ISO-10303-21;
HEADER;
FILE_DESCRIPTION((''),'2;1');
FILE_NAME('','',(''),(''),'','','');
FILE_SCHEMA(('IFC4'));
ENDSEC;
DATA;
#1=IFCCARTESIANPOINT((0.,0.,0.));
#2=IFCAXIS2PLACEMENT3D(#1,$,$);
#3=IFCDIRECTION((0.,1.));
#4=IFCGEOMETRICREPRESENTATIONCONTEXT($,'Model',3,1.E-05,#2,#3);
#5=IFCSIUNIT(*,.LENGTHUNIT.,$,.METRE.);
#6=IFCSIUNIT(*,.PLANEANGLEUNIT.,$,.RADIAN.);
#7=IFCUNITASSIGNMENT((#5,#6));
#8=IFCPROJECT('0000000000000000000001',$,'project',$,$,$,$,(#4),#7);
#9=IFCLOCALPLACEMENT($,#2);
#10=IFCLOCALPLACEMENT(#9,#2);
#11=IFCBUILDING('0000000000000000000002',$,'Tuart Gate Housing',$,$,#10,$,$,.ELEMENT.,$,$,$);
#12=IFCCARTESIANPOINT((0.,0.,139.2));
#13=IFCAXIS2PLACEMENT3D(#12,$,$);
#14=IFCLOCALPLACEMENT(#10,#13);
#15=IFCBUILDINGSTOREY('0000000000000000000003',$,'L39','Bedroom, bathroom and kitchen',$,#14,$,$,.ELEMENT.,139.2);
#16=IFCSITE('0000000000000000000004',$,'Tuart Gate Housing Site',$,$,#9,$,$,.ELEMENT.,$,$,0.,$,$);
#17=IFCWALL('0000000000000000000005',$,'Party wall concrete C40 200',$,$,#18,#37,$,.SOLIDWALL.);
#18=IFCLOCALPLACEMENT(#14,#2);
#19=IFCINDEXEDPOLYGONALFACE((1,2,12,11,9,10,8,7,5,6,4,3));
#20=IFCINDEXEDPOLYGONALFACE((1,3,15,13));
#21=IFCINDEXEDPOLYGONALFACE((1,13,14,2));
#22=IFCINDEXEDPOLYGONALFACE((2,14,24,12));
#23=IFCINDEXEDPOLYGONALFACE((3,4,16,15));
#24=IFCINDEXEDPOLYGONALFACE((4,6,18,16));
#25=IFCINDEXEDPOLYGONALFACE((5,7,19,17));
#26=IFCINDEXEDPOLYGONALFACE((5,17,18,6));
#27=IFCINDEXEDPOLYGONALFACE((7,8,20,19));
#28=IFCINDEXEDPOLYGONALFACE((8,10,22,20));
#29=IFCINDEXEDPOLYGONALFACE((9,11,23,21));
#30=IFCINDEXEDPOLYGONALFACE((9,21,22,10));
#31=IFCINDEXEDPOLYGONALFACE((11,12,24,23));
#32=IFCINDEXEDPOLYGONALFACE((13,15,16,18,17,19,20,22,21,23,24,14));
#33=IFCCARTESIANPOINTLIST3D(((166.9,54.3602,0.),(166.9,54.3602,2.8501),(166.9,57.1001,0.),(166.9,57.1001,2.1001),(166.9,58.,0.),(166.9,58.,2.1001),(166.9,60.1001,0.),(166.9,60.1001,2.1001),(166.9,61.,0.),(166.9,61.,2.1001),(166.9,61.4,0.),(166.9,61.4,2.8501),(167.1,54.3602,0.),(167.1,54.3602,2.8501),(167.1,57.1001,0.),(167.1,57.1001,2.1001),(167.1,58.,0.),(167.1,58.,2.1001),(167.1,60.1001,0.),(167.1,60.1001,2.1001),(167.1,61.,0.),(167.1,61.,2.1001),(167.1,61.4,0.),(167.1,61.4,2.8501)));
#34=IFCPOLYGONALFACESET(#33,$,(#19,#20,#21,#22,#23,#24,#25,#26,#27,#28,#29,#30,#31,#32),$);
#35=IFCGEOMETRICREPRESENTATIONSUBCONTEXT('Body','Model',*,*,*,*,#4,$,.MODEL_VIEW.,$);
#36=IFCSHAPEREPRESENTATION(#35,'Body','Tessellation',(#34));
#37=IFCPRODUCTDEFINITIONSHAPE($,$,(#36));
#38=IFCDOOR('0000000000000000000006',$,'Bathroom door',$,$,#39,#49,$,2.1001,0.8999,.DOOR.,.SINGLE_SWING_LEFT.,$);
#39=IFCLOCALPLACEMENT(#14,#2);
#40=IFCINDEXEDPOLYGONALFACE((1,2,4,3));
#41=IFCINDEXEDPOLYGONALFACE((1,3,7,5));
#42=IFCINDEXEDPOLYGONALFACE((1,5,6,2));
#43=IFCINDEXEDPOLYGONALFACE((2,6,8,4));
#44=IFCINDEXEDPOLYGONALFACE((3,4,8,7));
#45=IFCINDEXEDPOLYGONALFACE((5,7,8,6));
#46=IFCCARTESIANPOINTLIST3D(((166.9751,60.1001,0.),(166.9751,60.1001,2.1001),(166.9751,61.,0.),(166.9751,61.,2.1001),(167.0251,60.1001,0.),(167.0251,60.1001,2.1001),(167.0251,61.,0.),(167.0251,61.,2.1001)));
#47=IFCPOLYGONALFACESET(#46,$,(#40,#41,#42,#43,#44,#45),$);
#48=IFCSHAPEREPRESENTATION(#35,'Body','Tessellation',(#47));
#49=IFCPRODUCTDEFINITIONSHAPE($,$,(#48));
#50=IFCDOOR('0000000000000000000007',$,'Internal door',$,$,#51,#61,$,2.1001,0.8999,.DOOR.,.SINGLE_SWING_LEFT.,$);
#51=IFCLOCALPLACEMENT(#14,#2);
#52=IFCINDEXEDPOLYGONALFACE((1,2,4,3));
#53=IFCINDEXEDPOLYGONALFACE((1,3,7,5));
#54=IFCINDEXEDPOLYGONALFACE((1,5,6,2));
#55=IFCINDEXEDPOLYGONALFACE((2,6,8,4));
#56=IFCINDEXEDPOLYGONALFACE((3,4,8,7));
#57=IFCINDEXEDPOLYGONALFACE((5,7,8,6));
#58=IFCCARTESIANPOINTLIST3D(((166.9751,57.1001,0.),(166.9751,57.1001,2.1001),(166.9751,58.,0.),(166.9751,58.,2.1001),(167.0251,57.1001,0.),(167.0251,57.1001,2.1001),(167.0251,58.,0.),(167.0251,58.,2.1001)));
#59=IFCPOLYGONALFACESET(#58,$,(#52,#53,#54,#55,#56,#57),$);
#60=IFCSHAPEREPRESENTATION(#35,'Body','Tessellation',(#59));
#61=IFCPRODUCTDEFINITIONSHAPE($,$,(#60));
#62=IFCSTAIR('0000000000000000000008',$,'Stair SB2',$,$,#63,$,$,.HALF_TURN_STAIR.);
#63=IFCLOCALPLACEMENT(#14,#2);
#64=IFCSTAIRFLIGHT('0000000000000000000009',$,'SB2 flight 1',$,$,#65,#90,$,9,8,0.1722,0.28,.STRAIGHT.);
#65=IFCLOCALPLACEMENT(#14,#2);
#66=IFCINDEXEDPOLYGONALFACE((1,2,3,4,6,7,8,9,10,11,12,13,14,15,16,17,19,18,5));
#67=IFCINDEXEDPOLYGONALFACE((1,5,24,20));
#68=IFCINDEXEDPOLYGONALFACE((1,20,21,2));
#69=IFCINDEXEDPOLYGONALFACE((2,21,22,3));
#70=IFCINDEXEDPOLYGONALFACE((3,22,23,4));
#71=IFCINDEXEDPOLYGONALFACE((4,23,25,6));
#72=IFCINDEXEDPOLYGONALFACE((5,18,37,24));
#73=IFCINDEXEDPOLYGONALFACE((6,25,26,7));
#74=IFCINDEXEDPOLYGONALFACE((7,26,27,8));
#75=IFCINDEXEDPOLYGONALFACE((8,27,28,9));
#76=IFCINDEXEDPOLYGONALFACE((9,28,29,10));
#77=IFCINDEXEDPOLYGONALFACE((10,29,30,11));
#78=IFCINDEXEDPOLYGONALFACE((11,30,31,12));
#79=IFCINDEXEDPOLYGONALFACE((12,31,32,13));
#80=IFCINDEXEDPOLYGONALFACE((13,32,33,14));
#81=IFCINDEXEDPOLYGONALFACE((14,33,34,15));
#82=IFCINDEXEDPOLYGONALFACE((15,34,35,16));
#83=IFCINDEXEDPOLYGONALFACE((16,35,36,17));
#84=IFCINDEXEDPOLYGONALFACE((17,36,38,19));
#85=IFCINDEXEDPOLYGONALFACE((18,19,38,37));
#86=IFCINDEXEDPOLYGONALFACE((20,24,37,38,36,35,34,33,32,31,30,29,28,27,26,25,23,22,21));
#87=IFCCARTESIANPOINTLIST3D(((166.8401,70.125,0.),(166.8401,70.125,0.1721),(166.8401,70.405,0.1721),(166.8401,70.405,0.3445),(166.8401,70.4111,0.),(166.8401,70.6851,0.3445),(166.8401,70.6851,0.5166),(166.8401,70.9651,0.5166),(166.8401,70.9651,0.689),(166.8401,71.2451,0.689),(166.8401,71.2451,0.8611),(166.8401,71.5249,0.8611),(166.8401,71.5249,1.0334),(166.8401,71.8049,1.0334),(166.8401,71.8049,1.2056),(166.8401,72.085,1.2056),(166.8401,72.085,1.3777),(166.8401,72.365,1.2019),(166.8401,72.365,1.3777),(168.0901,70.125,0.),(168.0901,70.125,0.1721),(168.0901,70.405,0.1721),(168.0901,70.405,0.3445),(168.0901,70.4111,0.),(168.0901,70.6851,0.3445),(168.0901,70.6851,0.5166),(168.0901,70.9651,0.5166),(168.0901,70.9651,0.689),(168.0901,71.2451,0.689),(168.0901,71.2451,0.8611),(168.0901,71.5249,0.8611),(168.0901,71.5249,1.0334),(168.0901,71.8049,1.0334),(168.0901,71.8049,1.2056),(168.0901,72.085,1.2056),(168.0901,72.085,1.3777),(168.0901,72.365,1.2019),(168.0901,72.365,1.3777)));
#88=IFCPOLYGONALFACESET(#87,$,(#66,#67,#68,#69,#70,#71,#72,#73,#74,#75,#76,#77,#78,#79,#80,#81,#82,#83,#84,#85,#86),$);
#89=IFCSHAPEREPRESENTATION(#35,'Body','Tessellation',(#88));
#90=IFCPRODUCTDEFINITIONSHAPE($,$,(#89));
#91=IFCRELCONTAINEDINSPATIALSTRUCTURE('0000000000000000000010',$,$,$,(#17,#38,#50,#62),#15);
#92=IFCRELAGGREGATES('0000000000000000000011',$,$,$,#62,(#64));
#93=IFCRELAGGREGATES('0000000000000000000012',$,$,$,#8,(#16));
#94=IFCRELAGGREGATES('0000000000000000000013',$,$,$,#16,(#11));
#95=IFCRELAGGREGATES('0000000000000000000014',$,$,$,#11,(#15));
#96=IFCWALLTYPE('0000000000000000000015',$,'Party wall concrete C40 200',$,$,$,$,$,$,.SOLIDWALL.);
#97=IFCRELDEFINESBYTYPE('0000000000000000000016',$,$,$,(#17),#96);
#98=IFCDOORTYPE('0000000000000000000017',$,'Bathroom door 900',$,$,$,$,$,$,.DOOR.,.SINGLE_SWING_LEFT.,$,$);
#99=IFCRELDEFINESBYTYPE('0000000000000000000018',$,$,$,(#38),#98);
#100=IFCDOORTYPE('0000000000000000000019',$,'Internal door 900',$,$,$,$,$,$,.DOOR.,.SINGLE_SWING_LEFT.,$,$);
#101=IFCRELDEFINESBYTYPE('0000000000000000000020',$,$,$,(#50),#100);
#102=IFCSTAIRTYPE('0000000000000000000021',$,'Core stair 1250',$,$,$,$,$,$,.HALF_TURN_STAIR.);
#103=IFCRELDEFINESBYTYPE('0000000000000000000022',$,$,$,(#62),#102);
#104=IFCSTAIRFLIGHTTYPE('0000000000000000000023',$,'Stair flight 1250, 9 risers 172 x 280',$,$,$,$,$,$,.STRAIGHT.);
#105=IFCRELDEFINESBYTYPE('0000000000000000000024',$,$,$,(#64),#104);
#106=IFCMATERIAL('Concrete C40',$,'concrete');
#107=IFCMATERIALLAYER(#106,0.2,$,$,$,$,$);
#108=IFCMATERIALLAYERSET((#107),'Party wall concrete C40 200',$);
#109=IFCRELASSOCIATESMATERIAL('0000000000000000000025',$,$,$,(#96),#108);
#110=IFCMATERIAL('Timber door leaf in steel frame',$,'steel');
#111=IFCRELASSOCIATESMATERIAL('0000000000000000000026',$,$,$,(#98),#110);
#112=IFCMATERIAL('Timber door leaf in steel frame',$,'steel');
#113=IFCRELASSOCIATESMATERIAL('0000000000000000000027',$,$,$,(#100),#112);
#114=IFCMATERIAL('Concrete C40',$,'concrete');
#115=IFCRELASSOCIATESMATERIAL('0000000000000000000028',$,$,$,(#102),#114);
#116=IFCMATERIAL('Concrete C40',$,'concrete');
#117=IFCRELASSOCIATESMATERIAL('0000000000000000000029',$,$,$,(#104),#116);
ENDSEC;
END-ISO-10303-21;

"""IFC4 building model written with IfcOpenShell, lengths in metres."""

from ifc_helpers import new_model, si_unit, direction, frame, frame_2d, origin, place, context, subcontext, project, spatial, polyline, rectangle, outline, extrude, material, layer, layer_set, type_object, element, fill, aggregate, save


model = new_model("IFC4")

# Units and contexts
model_context = context("Model", 3, precision=1e-05, world=origin(), true_north=direction((0.0, 1.0)))
body_context = subcontext(model_context, "Body", "Model", "MODEL_VIEW")
ifc_project = project(units=[si_unit("LENGTHUNIT", "METRE"), si_unit("PLANEANGLEUNIT", "RADIAN")], contexts=[model_context])

# Site, building, storey
site_placement = place(None, origin())
site = spatial("IfcSite", under=ifc_project, at=site_placement, Name="Tuart Gate Housing Site", CompositionType="ELEMENT", RefElevation=0.0)
building_placement = place(site_placement, origin())
building = spatial("IfcBuilding", under=site, at=building_placement, Name="Tuart Gate Housing", CompositionType="ELEMENT")
storey_placement = place(building_placement, frame((0.0, 0.0, 139.2)))
storey = spatial("IfcBuildingStorey", under=building, at=storey_placement, Name="L39", Description="Bedroom, bathroom and kitchen", CompositionType="ELEMENT", Elevation=139.2)

# Shared definitions
ifc_material_1 = material(Name="Concrete C40", Category="concrete")
ifc_layer_1 = layer(ifc_material_1, 0.2)
ifc_layer_set_1 = layer_set([ifc_layer_1], Name="Party wall concrete C40 200")
wall_type_1 = type_object("IfcWallType", Name="Party wall concrete C40 200", PredefinedType="SOLIDWALL", material=ifc_layer_set_1)

# Wall, openings, doors
wall_1_placement = place(storey_placement, frame((167.0, 54.3601, 0.0), z_axis=(0.0, 0.0, 1.0), x_axis=(0.0, 1.0, 0.0)))
wall_1 = element("IfcWall", 1, at=wall_1_placement, inside=storey, type_object=wall_type_1, Name="Party wall concrete C40 200", PredefinedType="SOLIDWALL", context=body_context, shape_type="SweptSolid", body=[
    extrude(rectangle(XDim=7.0398, YDim=0.2, at=frame_2d((3.52, 0.0))), origin(), (0.0, 0.0, 1.0), 2.8501),
])
opening_1_placement = place(wall_1_placement, frame((2.74, 0.0, 0.0)))
opening_1 = element("IfcOpeningElement", 2, at=opening_1_placement, cuts=wall_1, PredefinedType="OPENING", context=body_context, shape_type="SweptSolid", body=[
    extrude(rectangle(XDim=0.8999, YDim=2.1001, at=frame_2d((0.45, 1.05))), frame((0.0, 0.1099, 0.0), z_axis=(0.0, -1.0, 0.0), x_axis=(1.0, 0.0, 0.0)), (0.0, 0.0, 1.0), 0.22),
])
opening_2_placement = place(wall_1_placement, frame((5.74, 0.0, 0.0)))
opening_2 = element("IfcOpeningElement", 3, at=opening_2_placement, cuts=wall_1, PredefinedType="OPENING", context=body_context, shape_type="SweptSolid", body=[
    extrude(rectangle(XDim=0.8999, YDim=2.1001, at=frame_2d((0.45, 1.05))), frame((0.0, 0.1099, 0.0), z_axis=(0.0, -1.0, 0.0), x_axis=(1.0, 0.0, 0.0)), (0.0, 0.0, 1.0), 0.22),
])
ifc_material_2 = material(Name="Timber door leaf in steel frame", Category="steel")
door_type_1 = type_object("IfcDoorType", Name="Bathroom door 900", OperationType="SINGLE_SWING_LEFT", PredefinedType="DOOR", material=ifc_material_2)
door_1_placement = place(opening_2_placement, frame((0.8999, 0.0, 0.0), z_axis=(0.0, 0.0, 1.0), x_axis=(-1.0, 0.0, 0.0)))
door_1 = element("IfcDoor", 4, at=door_1_placement, inside=storey, type_object=door_type_1, Name="Bathroom door", OperationType="SINGLE_SWING_LEFT", OverallHeight=2.1001, OverallWidth=0.8999, PredefinedType="DOOR", context=body_context, shape_type="SweptSolid", body=[
    extrude(rectangle(XDim=0.8999, YDim=2.1001, at=frame_2d((0.45, 1.05))), frame((0.0, 0.0251, 0.0), z_axis=(0.0, -1.0, 0.0), x_axis=(1.0, 0.0, 0.0)), (0.0, 0.0, 1.0), 0.05),
])
fill(opening_2, door_1)
ifc_material_3 = material(Name="Timber door leaf in steel frame", Category="steel")
door_type_2 = type_object("IfcDoorType", Name="Internal door 900", OperationType="SINGLE_SWING_LEFT", PredefinedType="DOOR", material=ifc_material_3)
door_2_placement = place(opening_1_placement, frame((0.8999, 0.0, 0.0), z_axis=(0.0, 0.0, 1.0), x_axis=(-1.0, 0.0, 0.0)))
door_2 = element("IfcDoor", 5, at=door_2_placement, inside=storey, type_object=door_type_2, Name="Internal door", OperationType="SINGLE_SWING_LEFT", OverallHeight=2.1001, OverallWidth=0.8999, PredefinedType="DOOR", context=body_context, shape_type="SweptSolid", body=[
    extrude(rectangle(XDim=0.8999, YDim=2.1001, at=frame_2d((0.45, 1.05))), frame((0.0, 0.0251, 0.0), z_axis=(0.0, -1.0, 0.0), x_axis=(1.0, 0.0, 0.0)), (0.0, 0.0, 1.0), 0.05),
])
fill(opening_1, door_2)

# Stair, stair flight
ifc_material_4 = material(Name="Concrete C40", Category="concrete")
stair_type = type_object("IfcStairType", Name="Core stair 1250", PredefinedType="HALF_TURN_STAIR", material=ifc_material_4)
stair_placement = place(storey_placement, origin())
stair = element("IfcStair", 6, at=stair_placement, inside=storey, type_object=stair_type, Name="Stair SB2", PredefinedType="HALF_TURN_STAIR")
ifc_material_5 = material(Name="Concrete C40", Category="concrete")
stair_flight_type = type_object("IfcStairFlightType", Name="Stair flight 1250, 9 risers 172 x 280", PredefinedType="STRAIGHT", material=ifc_material_5)
stair_flight_placement = place(storey_placement, frame((167.4651, 70.125, 0.0), z_axis=(0.0, 0.0, 1.0), x_axis=(0.0, 1.0, 0.0)))
stair_flight = element("IfcStairFlight", 7, at=stair_flight_placement, type_object=stair_flight_type, Name="SB2 flight 1", NumberOfRisers=9, NumberOfTreads=8, PredefinedType="STRAIGHT", RiserHeight=0.1722, TreadLength=0.28, context=body_context, shape_type="SweptSolid", body=[
    extrude(outline(polyline([(0.0, 0.0), (0.0, 0.1721), (0.28, 0.1721), (0.28, 0.3445), (0.5601, 0.3445), (0.5601, 0.5166), (0.8401, 0.5166), (0.8401, 0.689), (1.1201, 0.689), (1.1201, 0.8611), (1.3999, 0.8611), (1.3999, 1.0334), (1.6799, 1.0334), (1.6799, 1.2056), (1.96, 1.2056), (1.96, 1.3777), (2.24, 1.3777), (2.24, 1.55), (2.24, 1.2019), (0.2861, 0.0), (0.0, 0.0)])), frame((0.0, 0.625, 0.0), z_axis=(0.0, -1.0, 0.0), x_axis=(1.0, 0.0, 0.0)), (0.0, 0.0, 1.0), 1.25),
])
aggregate(stair, [stair_flight])

save(model, "model.ifc")
